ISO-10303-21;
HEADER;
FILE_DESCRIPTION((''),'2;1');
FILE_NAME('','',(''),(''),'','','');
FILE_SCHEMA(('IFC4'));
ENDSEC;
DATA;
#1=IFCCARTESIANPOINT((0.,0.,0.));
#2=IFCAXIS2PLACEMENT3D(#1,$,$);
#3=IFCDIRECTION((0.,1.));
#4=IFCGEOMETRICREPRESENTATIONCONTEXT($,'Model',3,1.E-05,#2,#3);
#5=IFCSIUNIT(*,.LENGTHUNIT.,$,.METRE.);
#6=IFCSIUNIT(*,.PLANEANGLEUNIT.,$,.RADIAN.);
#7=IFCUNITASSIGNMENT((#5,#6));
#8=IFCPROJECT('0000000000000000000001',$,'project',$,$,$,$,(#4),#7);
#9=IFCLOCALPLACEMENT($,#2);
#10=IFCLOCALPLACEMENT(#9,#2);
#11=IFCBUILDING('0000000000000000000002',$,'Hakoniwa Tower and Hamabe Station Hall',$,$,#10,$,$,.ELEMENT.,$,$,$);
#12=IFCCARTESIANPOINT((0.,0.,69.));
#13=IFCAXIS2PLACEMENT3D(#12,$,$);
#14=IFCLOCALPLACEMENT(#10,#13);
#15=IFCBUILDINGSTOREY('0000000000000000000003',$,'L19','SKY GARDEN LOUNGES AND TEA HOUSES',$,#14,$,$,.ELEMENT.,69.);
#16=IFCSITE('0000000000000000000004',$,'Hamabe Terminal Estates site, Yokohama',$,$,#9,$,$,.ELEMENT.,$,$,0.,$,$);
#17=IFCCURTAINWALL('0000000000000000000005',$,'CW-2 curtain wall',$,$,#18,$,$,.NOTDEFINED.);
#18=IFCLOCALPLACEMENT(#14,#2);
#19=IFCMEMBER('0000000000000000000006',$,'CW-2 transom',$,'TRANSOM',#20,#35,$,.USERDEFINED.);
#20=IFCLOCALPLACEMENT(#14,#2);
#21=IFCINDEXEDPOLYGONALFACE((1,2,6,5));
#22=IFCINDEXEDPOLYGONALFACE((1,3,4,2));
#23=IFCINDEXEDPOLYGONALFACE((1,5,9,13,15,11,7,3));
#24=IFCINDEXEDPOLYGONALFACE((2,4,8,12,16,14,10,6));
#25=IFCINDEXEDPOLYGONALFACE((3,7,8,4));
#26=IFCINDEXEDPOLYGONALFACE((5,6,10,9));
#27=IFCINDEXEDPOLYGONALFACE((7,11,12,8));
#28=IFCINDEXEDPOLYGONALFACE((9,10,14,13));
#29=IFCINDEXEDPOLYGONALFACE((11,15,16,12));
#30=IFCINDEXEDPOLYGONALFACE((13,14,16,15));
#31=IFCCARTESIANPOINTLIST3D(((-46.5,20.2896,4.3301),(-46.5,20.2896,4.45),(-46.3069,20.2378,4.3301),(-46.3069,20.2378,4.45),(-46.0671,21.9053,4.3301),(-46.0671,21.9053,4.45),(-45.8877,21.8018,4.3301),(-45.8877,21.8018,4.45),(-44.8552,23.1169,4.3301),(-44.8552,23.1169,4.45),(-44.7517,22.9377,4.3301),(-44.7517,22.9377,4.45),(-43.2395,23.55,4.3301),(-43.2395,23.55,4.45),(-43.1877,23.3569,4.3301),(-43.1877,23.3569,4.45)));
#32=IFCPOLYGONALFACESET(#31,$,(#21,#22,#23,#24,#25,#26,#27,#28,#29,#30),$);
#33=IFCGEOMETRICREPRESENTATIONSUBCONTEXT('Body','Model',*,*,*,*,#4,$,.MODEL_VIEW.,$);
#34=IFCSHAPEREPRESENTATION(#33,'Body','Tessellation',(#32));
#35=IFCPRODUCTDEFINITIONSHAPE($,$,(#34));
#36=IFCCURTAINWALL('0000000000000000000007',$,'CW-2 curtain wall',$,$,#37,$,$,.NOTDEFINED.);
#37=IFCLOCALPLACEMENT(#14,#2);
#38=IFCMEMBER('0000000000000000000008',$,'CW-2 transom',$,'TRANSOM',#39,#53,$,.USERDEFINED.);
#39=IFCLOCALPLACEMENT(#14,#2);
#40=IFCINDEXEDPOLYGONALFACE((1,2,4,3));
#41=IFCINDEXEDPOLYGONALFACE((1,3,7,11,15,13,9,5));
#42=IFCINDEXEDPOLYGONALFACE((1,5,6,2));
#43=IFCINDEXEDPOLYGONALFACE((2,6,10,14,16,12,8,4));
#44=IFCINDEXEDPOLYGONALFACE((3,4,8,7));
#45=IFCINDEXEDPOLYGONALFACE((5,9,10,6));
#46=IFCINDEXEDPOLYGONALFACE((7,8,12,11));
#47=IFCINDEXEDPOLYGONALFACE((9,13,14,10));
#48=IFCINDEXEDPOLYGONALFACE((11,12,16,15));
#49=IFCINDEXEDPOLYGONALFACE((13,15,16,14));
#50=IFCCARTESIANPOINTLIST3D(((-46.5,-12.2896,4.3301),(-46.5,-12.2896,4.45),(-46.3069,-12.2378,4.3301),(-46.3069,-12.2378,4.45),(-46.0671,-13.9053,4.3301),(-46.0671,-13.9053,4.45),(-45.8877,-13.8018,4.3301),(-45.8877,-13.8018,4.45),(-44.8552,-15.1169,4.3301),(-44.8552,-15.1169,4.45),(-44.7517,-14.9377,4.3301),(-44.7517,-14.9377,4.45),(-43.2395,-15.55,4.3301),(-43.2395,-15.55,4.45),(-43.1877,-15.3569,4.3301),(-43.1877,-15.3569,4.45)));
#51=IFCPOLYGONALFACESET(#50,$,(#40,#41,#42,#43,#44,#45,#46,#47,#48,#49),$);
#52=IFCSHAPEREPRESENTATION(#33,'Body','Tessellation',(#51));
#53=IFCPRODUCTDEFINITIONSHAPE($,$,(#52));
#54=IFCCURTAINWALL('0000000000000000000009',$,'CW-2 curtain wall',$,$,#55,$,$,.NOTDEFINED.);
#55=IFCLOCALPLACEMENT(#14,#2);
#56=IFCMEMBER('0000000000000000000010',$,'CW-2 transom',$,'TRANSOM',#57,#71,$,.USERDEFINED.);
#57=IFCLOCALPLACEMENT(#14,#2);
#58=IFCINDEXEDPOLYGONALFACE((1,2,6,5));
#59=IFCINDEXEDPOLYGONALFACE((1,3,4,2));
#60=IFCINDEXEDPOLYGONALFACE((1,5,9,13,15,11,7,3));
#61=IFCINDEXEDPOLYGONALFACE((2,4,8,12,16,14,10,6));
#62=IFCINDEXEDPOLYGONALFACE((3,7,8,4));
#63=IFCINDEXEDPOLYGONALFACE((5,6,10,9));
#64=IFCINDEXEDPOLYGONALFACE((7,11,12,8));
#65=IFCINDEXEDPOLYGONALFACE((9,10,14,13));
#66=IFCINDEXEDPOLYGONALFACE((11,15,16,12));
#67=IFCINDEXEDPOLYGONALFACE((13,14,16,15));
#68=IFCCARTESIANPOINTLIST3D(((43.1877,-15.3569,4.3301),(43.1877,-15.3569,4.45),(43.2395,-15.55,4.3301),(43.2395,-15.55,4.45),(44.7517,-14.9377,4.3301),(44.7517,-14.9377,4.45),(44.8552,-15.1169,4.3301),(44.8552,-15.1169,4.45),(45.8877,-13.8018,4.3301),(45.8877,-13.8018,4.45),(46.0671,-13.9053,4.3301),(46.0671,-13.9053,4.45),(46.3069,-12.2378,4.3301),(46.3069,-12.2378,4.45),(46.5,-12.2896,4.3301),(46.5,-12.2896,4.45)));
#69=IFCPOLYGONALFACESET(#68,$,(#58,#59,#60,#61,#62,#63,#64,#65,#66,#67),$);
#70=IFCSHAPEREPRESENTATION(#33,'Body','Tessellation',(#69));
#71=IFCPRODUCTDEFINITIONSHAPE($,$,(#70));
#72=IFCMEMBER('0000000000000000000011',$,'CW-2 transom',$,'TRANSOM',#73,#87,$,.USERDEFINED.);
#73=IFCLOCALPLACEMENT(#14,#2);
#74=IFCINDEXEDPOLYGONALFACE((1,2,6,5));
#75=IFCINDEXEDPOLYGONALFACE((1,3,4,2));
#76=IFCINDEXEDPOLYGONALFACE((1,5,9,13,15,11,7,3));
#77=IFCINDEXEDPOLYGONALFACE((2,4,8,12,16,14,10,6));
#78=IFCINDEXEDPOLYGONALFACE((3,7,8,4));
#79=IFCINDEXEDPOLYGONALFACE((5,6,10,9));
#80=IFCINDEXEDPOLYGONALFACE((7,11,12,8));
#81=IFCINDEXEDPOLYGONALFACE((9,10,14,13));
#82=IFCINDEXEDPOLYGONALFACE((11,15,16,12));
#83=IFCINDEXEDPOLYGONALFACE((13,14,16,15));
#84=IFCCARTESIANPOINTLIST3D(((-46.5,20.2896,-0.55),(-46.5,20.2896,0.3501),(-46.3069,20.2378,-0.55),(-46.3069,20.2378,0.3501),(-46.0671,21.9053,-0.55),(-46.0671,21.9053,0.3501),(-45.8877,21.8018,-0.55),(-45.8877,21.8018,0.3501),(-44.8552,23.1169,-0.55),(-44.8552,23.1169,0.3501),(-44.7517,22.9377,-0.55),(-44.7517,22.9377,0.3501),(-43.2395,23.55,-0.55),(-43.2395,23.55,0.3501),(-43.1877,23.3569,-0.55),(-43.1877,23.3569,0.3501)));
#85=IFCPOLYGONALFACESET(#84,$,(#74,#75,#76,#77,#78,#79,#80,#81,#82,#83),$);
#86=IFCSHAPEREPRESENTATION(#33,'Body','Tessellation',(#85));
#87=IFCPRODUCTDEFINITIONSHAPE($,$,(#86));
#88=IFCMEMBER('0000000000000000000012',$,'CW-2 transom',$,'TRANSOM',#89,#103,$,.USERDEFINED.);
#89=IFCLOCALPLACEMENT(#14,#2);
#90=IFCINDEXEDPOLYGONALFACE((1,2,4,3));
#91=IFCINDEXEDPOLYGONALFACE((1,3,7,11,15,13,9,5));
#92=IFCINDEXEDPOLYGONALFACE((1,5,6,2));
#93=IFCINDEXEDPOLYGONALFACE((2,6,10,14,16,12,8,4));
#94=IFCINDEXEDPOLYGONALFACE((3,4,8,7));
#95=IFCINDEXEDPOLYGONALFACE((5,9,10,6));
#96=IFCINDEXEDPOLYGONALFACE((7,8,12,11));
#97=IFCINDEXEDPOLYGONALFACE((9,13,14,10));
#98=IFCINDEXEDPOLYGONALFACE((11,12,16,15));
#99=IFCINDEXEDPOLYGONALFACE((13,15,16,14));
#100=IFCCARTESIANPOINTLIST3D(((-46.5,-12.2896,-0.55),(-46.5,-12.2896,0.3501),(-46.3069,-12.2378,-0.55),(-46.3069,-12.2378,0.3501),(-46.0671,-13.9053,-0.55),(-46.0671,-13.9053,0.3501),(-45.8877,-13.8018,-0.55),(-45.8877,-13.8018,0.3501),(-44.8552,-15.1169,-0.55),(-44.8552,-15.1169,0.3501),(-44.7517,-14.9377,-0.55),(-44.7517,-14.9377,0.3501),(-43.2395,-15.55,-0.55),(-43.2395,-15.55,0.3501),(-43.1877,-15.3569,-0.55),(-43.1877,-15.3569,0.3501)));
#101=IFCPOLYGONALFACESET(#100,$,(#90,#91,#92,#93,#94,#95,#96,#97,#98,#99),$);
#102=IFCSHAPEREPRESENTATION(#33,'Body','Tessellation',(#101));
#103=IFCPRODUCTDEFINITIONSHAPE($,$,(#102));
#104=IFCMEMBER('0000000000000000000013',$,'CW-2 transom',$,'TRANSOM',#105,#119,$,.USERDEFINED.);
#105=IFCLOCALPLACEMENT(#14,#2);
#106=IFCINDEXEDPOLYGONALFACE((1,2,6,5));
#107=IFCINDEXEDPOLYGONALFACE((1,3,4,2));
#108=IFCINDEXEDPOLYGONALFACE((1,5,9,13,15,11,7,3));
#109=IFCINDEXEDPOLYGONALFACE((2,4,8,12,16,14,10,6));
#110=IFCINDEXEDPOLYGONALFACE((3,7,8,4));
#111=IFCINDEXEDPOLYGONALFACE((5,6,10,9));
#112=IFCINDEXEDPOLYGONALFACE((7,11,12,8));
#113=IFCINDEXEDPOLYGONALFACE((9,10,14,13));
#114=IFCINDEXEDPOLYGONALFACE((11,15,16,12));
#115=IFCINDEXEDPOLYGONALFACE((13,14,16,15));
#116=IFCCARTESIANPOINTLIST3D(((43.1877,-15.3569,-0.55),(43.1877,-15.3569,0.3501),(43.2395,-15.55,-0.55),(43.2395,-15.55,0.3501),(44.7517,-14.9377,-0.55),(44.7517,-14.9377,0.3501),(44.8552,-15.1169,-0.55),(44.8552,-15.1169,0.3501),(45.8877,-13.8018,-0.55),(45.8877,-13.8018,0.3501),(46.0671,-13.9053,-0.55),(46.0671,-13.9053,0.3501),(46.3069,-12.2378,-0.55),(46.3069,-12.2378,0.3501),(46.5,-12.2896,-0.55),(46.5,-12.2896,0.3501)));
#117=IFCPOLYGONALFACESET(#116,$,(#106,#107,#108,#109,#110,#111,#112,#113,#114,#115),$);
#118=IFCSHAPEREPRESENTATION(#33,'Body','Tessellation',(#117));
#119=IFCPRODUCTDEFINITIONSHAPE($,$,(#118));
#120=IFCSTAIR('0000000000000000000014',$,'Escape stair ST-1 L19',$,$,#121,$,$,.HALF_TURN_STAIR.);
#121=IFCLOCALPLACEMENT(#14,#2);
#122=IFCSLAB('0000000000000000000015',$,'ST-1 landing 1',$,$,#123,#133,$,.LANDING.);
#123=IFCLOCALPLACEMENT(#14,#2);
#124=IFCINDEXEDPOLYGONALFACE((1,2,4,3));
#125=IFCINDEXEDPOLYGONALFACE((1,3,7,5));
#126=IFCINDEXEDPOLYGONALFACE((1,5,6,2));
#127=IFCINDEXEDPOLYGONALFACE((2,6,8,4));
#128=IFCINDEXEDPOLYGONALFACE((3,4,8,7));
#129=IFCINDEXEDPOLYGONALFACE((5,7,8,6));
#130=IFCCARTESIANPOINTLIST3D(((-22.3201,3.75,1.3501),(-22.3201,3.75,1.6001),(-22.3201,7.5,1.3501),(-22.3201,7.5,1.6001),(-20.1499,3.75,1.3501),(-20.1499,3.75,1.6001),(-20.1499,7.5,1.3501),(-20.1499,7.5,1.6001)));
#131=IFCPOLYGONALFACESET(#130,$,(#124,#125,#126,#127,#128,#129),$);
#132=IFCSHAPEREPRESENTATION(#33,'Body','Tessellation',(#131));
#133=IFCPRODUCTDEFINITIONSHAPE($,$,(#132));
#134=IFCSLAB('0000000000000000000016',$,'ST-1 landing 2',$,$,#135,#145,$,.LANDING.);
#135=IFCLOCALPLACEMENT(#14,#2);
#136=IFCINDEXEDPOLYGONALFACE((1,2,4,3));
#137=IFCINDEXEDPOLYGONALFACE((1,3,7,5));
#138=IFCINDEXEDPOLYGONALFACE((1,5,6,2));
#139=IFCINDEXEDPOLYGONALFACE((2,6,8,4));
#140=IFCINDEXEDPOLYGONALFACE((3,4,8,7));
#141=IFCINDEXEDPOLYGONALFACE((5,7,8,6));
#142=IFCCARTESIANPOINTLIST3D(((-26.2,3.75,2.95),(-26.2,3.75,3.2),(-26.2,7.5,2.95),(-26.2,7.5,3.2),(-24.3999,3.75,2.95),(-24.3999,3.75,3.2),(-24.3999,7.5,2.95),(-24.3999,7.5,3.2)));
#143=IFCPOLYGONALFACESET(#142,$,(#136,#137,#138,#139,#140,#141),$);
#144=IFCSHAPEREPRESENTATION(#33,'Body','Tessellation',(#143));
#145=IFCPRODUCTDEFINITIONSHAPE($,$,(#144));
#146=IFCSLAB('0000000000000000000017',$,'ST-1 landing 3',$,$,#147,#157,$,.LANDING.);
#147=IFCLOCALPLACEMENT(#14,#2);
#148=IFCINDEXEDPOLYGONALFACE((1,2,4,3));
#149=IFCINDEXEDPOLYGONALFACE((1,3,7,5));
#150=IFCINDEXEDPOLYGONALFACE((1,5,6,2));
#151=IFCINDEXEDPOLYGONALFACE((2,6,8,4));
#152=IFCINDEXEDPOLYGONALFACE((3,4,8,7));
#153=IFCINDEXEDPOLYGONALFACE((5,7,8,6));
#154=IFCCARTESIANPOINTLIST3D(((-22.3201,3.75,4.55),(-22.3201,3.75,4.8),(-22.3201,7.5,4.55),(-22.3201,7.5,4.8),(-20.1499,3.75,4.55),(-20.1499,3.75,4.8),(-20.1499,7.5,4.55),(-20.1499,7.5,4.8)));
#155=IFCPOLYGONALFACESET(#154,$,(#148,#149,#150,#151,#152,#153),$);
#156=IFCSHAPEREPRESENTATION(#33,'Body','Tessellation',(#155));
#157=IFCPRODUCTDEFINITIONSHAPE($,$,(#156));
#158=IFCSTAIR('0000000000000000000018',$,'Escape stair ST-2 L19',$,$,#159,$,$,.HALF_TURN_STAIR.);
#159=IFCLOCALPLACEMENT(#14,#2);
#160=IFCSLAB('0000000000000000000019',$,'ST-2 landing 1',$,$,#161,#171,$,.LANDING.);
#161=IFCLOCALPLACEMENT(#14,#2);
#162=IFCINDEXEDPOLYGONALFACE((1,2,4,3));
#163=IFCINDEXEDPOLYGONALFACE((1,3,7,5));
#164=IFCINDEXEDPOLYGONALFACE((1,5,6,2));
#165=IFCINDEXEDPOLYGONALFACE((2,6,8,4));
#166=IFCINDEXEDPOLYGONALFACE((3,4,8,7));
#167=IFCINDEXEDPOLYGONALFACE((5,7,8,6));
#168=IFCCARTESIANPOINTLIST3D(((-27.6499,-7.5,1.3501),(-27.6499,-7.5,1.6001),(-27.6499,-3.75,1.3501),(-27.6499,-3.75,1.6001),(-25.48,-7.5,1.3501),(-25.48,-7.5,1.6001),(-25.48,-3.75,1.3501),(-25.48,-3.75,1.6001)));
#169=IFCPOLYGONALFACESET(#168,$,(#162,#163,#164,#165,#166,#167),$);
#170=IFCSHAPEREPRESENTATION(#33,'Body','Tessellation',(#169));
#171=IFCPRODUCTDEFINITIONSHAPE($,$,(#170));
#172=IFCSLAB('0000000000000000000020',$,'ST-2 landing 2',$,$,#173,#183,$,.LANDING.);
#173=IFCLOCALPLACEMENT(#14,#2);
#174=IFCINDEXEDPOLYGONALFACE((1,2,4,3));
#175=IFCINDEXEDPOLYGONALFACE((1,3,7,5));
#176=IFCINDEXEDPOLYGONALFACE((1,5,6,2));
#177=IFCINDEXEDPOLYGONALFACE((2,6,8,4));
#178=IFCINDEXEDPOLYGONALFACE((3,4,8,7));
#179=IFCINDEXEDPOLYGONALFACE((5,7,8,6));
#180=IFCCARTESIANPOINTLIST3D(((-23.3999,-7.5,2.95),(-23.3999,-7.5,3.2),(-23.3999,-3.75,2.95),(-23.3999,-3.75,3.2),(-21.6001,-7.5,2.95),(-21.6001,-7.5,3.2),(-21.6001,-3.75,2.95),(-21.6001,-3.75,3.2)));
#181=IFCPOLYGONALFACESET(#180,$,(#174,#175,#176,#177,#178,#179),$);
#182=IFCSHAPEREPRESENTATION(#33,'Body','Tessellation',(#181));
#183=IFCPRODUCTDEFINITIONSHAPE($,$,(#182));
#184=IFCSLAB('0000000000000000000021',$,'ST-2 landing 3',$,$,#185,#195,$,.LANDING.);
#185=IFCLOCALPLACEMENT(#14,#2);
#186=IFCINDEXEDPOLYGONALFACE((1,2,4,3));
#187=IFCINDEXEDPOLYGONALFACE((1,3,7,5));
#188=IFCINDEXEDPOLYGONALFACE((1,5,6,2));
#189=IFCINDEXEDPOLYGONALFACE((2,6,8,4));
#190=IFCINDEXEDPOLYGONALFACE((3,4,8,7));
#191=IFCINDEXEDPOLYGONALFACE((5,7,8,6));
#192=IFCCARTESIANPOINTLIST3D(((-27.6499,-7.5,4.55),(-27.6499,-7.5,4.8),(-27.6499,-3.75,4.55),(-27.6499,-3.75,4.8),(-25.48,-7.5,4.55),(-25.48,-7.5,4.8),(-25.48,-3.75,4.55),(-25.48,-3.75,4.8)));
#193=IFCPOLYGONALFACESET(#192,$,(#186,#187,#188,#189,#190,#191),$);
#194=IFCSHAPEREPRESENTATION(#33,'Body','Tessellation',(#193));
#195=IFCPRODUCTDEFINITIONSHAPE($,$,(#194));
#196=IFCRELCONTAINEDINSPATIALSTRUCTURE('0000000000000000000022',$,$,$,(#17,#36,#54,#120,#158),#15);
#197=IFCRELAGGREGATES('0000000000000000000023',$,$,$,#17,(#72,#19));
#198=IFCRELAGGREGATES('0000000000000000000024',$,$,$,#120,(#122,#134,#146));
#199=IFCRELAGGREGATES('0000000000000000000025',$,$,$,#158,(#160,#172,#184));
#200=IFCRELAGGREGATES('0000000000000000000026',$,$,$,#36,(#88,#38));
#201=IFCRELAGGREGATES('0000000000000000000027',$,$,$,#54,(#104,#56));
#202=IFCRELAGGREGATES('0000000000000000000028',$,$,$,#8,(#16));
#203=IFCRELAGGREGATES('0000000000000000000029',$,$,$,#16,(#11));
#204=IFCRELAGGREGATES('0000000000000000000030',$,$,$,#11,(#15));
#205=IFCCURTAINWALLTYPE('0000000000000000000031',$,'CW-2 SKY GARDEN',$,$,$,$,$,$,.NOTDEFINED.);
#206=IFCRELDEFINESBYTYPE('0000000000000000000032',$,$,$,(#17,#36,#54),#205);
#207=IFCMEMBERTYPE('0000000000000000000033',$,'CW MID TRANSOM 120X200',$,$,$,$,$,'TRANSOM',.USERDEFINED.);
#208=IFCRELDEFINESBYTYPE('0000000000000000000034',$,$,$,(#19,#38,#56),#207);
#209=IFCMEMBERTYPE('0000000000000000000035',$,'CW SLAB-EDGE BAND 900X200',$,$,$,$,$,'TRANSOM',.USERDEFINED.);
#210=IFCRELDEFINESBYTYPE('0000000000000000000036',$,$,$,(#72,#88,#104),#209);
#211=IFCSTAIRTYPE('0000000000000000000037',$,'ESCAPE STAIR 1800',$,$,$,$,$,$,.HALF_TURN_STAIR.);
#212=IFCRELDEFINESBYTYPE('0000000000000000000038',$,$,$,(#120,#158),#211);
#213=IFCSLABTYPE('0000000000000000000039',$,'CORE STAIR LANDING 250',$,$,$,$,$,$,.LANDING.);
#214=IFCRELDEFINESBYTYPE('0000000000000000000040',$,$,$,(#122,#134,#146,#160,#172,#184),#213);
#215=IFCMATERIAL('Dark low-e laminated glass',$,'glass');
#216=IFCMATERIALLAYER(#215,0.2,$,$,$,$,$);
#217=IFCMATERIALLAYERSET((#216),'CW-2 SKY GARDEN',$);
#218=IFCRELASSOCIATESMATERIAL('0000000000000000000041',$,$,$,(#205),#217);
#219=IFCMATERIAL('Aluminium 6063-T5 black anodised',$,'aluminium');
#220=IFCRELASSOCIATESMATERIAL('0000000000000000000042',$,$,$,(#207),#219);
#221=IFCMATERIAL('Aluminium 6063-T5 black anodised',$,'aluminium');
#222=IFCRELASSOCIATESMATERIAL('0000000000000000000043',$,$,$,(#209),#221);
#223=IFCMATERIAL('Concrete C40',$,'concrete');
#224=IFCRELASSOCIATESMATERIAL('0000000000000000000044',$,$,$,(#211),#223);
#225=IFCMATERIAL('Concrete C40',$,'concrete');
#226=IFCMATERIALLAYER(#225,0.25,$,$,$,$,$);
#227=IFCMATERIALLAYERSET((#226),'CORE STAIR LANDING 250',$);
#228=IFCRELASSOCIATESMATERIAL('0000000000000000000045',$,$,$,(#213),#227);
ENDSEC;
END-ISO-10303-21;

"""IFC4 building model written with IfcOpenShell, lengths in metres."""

from ifc_helpers import new_model, si_unit, direction, frame, origin, origin_2d, place, context, subcontext, project, spatial, polyline, rectangle, outline, extrude, material, layer, layer_set, material_profile, profile_set, type_object, element, aggregate, save


model = new_model("IFC4")

# Units and contexts
model_context = context("Model", 3, precision=1e-05, world=origin(), true_north=direction((0.0, 1.0)))
body_context = subcontext(model_context, "Body", "Model", "MODEL_VIEW")
ifc_project = project(units=[si_unit("LENGTHUNIT", "METRE"), si_unit("PLANEANGLEUNIT", "RADIAN")], contexts=[model_context])

# Site, building, storey
site_placement = place(None, origin())
site = spatial("IfcSite", under=ifc_project, at=site_placement, Name="Hamabe Terminal Estates site, Yokohama", CompositionType="ELEMENT", RefElevation=0.0)
building_placement = place(site_placement, origin())
building = spatial("IfcBuilding", under=site, at=building_placement, Name="Hakoniwa Tower and Hamabe Station Hall", CompositionType="ELEMENT")
storey_placement = place(building_placement, frame((0.0, 0.0, 69.0)))
storey = spatial("IfcBuildingStorey", under=building, at=storey_placement, Name="L19", Description="SKY GARDEN LOUNGES AND TEA HOUSES", CompositionType="ELEMENT", Elevation=69.0)

# Curtain walls, members
ifc_material_1 = material(Name="Dark low-e laminated glass", Category="glass")
ifc_layer_1 = layer(ifc_material_1, 0.2)
ifc_layer_set_1 = layer_set([ifc_layer_1], Name="CW-2 SKY GARDEN")
curtain_wall_type = type_object("IfcCurtainWallType", Name="CW-2 SKY GARDEN", PredefinedType="NOTDEFINED", material=ifc_layer_set_1)
curtain_wall_1_placement = place(storey_placement, origin())
curtain_wall_1 = element("IfcCurtainWall", 1, at=curtain_wall_1_placement, inside=storey, type_object=curtain_wall_type, Name="CW-2 curtain wall", PredefinedType="NOTDEFINED")
ifc_material_2 = material(Name="Aluminium 6063-T5 black anodised", Category="aluminium")
ifc_material_profile_1 = material_profile(ifc_material_2, rectangle(XDim=0.2, YDim=0.1201, at=origin_2d()), Name="CW MID TRANSOM 120X200")
ifc_profile_set_1 = profile_set([ifc_material_profile_1], Name="Aluminium 6063-T5 black anodised")
member_type_1 = type_object("IfcMemberType", Name="CW MID TRANSOM 120X200", ElementType="TRANSOM", PredefinedType="USERDEFINED", material=ifc_profile_set_1)
member_1_placement = place(storey_placement, frame((0.0, 0.0, 4.3301)))
member_1 = element("IfcMember", 2, at=member_1_placement, type_object=member_type_1, Name="CW-2 transom", ObjectType="TRANSOM", PredefinedType="USERDEFINED", context=body_context, shape_type="SweptSolid", body=[
    extrude(outline(polyline([(-43.2395, 23.55), (-44.8552, 23.1169), (-46.0671, 21.9053), (-46.5, 20.2896), (-46.3069, 20.2378), (-45.8877, 21.8018), (-44.7517, 22.9377), (-43.1877, 23.3569), (-43.2395, 23.55)])), origin(), (0.0, 0.0, 1.0), 0.1199),
])
curtain_wall_2_placement = place(storey_placement, origin())
curtain_wall_2 = element("IfcCurtainWall", 3, at=curtain_wall_2_placement, inside=storey, type_object=curtain_wall_type, Name="CW-2 curtain wall", PredefinedType="NOTDEFINED")
member_2_placement = place(storey_placement, frame((0.0, 0.0, 4.3301)))
member_2 = element("IfcMember", 4, at=member_2_placement, type_object=member_type_1, Name="CW-2 transom", ObjectType="TRANSOM", PredefinedType="USERDEFINED", context=body_context, shape_type="SweptSolid", body=[
    extrude(outline(polyline([(-46.5, -12.2896), (-46.0671, -13.9053), (-44.8552, -15.1169), (-43.2395, -15.55), (-43.1877, -15.3569), (-44.7517, -14.9377), (-45.8877, -13.8018), (-46.3069, -12.2378), (-46.5, -12.2896)])), origin(), (0.0, 0.0, 1.0), 0.1199),
])
curtain_wall_3_placement = place(storey_placement, origin())
curtain_wall_3 = element("IfcCurtainWall", 5, at=curtain_wall_3_placement, inside=storey, type_object=curtain_wall_type, Name="CW-2 curtain wall", PredefinedType="NOTDEFINED")
member_3_placement = place(storey_placement, frame((0.0, 0.0, 4.3301)))
member_3 = element("IfcMember", 6, at=member_3_placement, type_object=member_type_1, Name="CW-2 transom", ObjectType="TRANSOM", PredefinedType="USERDEFINED", context=body_context, shape_type="SweptSolid", body=[
    extrude(outline(polyline([(43.2395, -15.55), (44.8552, -15.1169), (46.0671, -13.9053), (46.5, -12.2896), (46.3069, -12.2378), (45.8877, -13.8018), (44.7517, -14.9377), (43.1877, -15.3569), (43.2395, -15.55)])), origin(), (0.0, 0.0, 1.0), 0.1199),
])

# Members
ifc_material_3 = material(Name="Aluminium 6063-T5 black anodised", Category="aluminium")
ifc_material_profile_2 = material_profile(ifc_material_3, rectangle(XDim=0.2, YDim=0.8999, at=origin_2d()), Name="CW SLAB-EDGE BAND 900X200")
ifc_profile_set_2 = profile_set([ifc_material_profile_2], Name="Aluminium 6063-T5 black anodised")
member_type_2 = type_object("IfcMemberType", Name="CW SLAB-EDGE BAND 900X200", ElementType="TRANSOM", PredefinedType="USERDEFINED", material=ifc_profile_set_2)
member_4_placement = place(storey_placement, frame((0.0, 0.0, -0.55)))
member_4 = element("IfcMember", 7, at=member_4_placement, type_object=member_type_2, Name="CW-2 transom", ObjectType="TRANSOM", PredefinedType="USERDEFINED", context=body_context, shape_type="SweptSolid", body=[
    extrude(outline(polyline([(-43.2395, 23.55), (-44.8552, 23.1169), (-46.0671, 21.9053), (-46.5, 20.2896), (-46.3069, 20.2378), (-45.8877, 21.8018), (-44.7517, 22.9377), (-43.1877, 23.3569), (-43.2395, 23.55)])), origin(), (0.0, 0.0, 1.0), 0.9001),
])
aggregate(curtain_wall_1, [member_4, member_1])
member_5_placement = place(storey_placement, frame((0.0, 0.0, -0.55)))
member_5 = element("IfcMember", 8, at=member_5_placement, type_object=member_type_2, Name="CW-2 transom", ObjectType="TRANSOM", PredefinedType="USERDEFINED", context=body_context, shape_type="SweptSolid", body=[
    extrude(outline(polyline([(-46.5, -12.2896), (-46.0671, -13.9053), (-44.8552, -15.1169), (-43.2395, -15.55), (-43.1877, -15.3569), (-44.7517, -14.9377), (-45.8877, -13.8018), (-46.3069, -12.2378), (-46.5, -12.2896)])), origin(), (0.0, 0.0, 1.0), 0.9001),
])
member_6_placement = place(storey_placement, frame((0.0, 0.0, -0.55)))
member_6 = element("IfcMember", 9, at=member_6_placement, type_object=member_type_2, Name="CW-2 transom", ObjectType="TRANSOM", PredefinedType="USERDEFINED", context=body_context, shape_type="SweptSolid", body=[
    extrude(outline(polyline([(43.2395, -15.55), (44.8552, -15.1169), (46.0671, -13.9053), (46.5, -12.2896), (46.3069, -12.2378), (45.8877, -13.8018), (44.7517, -14.9377), (43.1877, -15.3569), (43.2395, -15.55)])), origin(), (0.0, 0.0, 1.0), 0.9001),
])

# Stairs, slabs
ifc_material_4 = material(Name="Concrete C40", Category="concrete")
stair_type = type_object("IfcStairType", Name="ESCAPE STAIR 1800", PredefinedType="HALF_TURN_STAIR", material=ifc_material_4)
stair_1_placement = place(storey_placement, origin())
stair_1 = element("IfcStair", 10, at=stair_1_placement, inside=storey, type_object=stair_type, Name="Escape stair ST-1 L19", PredefinedType="HALF_TURN_STAIR")
ifc_material_5 = material(Name="Concrete C40", Category="concrete")
ifc_layer_2 = layer(ifc_material_5, 0.25)
ifc_layer_set_2 = layer_set([ifc_layer_2], Name="CORE STAIR LANDING 250")
slab_type = type_object("IfcSlabType", Name="CORE STAIR LANDING 250", PredefinedType="LANDING", material=ifc_layer_set_2)
slab_1_placement = place(storey_placement, frame((0.0, 0.0, 1.3501)))
slab_1 = element("IfcSlab", 11, at=slab_1_placement, type_object=slab_type, Name="ST-1 landing 1", PredefinedType="LANDING", context=body_context, shape_type="SweptSolid", body=[
    extrude(outline(polyline([(-22.3201, 3.75), (-20.1499, 3.75), (-20.1499, 7.5), (-22.3201, 7.5), (-22.3201, 3.75)])), origin(), (0.0, 0.0, 1.0), 0.25),
])
slab_2_placement = place(storey_placement, frame((0.0, 0.0, 2.95)))
slab_2 = element("IfcSlab", 12, at=slab_2_placement, type_object=slab_type, Name="ST-1 landing 2", PredefinedType="LANDING", context=body_context, shape_type="SweptSolid", body=[
    extrude(outline(polyline([(-26.2, 3.75), (-24.3999, 3.75), (-24.3999, 7.5), (-26.2, 7.5), (-26.2, 3.75)])), origin(), (0.0, 0.0, 1.0), 0.25),
])
slab_3_placement = place(storey_placement, frame((0.0, 0.0, 4.55)))
slab_3 = element("IfcSlab", 13, at=slab_3_placement, type_object=slab_type, Name="ST-1 landing 3", PredefinedType="LANDING", context=body_context, shape_type="SweptSolid", body=[
    extrude(outline(polyline([(-22.3201, 3.75), (-20.1499, 3.75), (-20.1499, 7.5), (-22.3201, 7.5), (-22.3201, 3.75)])), origin(), (0.0, 0.0, 1.0), 0.25),
])
aggregate(stair_1, [slab_1, slab_2, slab_3])
stair_2_placement = place(storey_placement, origin())
stair_2 = element("IfcStair", 14, at=stair_2_placement, inside=storey, type_object=stair_type, Name="Escape stair ST-2 L19", PredefinedType="HALF_TURN_STAIR")
slab_4_placement = place(storey_placement, frame((0.0, 0.0, 1.3501)))
slab_4 = element("IfcSlab", 15, at=slab_4_placement, type_object=slab_type, Name="ST-2 landing 1", PredefinedType="LANDING", context=body_context, shape_type="SweptSolid", body=[
    extrude(outline(polyline([(-25.48, -7.5), (-27.6499, -7.5), (-27.6499, -3.75), (-25.48, -3.75), (-25.48, -7.5)])), origin(), (0.0, 0.0, 1.0), 0.25),
])
slab_5_placement = place(storey_placement, frame((0.0, 0.0, 2.95)))
slab_5 = element("IfcSlab", 16, at=slab_5_placement, type_object=slab_type, Name="ST-2 landing 2", PredefinedType="LANDING", context=body_context, shape_type="SweptSolid", body=[
    extrude(outline(polyline([(-21.6001, -7.5), (-23.3999, -7.5), (-23.3999, -3.75), (-21.6001, -3.75), (-21.6001, -7.5)])), origin(), (0.0, 0.0, 1.0), 0.25),
])
slab_6_placement = place(storey_placement, frame((0.0, 0.0, 4.55)))
slab_6 = element("IfcSlab", 17, at=slab_6_placement, type_object=slab_type, Name="ST-2 landing 3", PredefinedType="LANDING", context=body_context, shape_type="SweptSolid", body=[
    extrude(outline(polyline([(-25.48, -7.5), (-27.6499, -7.5), (-27.6499, -3.75), (-25.48, -3.75), (-25.48, -7.5)])), origin(), (0.0, 0.0, 1.0), 0.25),
])
aggregate(stair_2, [slab_4, slab_5, slab_6])

aggregate(curtain_wall_2, [member_5, member_2])
aggregate(curtain_wall_3, [member_6, member_3])

save(model, "model.ifc")
